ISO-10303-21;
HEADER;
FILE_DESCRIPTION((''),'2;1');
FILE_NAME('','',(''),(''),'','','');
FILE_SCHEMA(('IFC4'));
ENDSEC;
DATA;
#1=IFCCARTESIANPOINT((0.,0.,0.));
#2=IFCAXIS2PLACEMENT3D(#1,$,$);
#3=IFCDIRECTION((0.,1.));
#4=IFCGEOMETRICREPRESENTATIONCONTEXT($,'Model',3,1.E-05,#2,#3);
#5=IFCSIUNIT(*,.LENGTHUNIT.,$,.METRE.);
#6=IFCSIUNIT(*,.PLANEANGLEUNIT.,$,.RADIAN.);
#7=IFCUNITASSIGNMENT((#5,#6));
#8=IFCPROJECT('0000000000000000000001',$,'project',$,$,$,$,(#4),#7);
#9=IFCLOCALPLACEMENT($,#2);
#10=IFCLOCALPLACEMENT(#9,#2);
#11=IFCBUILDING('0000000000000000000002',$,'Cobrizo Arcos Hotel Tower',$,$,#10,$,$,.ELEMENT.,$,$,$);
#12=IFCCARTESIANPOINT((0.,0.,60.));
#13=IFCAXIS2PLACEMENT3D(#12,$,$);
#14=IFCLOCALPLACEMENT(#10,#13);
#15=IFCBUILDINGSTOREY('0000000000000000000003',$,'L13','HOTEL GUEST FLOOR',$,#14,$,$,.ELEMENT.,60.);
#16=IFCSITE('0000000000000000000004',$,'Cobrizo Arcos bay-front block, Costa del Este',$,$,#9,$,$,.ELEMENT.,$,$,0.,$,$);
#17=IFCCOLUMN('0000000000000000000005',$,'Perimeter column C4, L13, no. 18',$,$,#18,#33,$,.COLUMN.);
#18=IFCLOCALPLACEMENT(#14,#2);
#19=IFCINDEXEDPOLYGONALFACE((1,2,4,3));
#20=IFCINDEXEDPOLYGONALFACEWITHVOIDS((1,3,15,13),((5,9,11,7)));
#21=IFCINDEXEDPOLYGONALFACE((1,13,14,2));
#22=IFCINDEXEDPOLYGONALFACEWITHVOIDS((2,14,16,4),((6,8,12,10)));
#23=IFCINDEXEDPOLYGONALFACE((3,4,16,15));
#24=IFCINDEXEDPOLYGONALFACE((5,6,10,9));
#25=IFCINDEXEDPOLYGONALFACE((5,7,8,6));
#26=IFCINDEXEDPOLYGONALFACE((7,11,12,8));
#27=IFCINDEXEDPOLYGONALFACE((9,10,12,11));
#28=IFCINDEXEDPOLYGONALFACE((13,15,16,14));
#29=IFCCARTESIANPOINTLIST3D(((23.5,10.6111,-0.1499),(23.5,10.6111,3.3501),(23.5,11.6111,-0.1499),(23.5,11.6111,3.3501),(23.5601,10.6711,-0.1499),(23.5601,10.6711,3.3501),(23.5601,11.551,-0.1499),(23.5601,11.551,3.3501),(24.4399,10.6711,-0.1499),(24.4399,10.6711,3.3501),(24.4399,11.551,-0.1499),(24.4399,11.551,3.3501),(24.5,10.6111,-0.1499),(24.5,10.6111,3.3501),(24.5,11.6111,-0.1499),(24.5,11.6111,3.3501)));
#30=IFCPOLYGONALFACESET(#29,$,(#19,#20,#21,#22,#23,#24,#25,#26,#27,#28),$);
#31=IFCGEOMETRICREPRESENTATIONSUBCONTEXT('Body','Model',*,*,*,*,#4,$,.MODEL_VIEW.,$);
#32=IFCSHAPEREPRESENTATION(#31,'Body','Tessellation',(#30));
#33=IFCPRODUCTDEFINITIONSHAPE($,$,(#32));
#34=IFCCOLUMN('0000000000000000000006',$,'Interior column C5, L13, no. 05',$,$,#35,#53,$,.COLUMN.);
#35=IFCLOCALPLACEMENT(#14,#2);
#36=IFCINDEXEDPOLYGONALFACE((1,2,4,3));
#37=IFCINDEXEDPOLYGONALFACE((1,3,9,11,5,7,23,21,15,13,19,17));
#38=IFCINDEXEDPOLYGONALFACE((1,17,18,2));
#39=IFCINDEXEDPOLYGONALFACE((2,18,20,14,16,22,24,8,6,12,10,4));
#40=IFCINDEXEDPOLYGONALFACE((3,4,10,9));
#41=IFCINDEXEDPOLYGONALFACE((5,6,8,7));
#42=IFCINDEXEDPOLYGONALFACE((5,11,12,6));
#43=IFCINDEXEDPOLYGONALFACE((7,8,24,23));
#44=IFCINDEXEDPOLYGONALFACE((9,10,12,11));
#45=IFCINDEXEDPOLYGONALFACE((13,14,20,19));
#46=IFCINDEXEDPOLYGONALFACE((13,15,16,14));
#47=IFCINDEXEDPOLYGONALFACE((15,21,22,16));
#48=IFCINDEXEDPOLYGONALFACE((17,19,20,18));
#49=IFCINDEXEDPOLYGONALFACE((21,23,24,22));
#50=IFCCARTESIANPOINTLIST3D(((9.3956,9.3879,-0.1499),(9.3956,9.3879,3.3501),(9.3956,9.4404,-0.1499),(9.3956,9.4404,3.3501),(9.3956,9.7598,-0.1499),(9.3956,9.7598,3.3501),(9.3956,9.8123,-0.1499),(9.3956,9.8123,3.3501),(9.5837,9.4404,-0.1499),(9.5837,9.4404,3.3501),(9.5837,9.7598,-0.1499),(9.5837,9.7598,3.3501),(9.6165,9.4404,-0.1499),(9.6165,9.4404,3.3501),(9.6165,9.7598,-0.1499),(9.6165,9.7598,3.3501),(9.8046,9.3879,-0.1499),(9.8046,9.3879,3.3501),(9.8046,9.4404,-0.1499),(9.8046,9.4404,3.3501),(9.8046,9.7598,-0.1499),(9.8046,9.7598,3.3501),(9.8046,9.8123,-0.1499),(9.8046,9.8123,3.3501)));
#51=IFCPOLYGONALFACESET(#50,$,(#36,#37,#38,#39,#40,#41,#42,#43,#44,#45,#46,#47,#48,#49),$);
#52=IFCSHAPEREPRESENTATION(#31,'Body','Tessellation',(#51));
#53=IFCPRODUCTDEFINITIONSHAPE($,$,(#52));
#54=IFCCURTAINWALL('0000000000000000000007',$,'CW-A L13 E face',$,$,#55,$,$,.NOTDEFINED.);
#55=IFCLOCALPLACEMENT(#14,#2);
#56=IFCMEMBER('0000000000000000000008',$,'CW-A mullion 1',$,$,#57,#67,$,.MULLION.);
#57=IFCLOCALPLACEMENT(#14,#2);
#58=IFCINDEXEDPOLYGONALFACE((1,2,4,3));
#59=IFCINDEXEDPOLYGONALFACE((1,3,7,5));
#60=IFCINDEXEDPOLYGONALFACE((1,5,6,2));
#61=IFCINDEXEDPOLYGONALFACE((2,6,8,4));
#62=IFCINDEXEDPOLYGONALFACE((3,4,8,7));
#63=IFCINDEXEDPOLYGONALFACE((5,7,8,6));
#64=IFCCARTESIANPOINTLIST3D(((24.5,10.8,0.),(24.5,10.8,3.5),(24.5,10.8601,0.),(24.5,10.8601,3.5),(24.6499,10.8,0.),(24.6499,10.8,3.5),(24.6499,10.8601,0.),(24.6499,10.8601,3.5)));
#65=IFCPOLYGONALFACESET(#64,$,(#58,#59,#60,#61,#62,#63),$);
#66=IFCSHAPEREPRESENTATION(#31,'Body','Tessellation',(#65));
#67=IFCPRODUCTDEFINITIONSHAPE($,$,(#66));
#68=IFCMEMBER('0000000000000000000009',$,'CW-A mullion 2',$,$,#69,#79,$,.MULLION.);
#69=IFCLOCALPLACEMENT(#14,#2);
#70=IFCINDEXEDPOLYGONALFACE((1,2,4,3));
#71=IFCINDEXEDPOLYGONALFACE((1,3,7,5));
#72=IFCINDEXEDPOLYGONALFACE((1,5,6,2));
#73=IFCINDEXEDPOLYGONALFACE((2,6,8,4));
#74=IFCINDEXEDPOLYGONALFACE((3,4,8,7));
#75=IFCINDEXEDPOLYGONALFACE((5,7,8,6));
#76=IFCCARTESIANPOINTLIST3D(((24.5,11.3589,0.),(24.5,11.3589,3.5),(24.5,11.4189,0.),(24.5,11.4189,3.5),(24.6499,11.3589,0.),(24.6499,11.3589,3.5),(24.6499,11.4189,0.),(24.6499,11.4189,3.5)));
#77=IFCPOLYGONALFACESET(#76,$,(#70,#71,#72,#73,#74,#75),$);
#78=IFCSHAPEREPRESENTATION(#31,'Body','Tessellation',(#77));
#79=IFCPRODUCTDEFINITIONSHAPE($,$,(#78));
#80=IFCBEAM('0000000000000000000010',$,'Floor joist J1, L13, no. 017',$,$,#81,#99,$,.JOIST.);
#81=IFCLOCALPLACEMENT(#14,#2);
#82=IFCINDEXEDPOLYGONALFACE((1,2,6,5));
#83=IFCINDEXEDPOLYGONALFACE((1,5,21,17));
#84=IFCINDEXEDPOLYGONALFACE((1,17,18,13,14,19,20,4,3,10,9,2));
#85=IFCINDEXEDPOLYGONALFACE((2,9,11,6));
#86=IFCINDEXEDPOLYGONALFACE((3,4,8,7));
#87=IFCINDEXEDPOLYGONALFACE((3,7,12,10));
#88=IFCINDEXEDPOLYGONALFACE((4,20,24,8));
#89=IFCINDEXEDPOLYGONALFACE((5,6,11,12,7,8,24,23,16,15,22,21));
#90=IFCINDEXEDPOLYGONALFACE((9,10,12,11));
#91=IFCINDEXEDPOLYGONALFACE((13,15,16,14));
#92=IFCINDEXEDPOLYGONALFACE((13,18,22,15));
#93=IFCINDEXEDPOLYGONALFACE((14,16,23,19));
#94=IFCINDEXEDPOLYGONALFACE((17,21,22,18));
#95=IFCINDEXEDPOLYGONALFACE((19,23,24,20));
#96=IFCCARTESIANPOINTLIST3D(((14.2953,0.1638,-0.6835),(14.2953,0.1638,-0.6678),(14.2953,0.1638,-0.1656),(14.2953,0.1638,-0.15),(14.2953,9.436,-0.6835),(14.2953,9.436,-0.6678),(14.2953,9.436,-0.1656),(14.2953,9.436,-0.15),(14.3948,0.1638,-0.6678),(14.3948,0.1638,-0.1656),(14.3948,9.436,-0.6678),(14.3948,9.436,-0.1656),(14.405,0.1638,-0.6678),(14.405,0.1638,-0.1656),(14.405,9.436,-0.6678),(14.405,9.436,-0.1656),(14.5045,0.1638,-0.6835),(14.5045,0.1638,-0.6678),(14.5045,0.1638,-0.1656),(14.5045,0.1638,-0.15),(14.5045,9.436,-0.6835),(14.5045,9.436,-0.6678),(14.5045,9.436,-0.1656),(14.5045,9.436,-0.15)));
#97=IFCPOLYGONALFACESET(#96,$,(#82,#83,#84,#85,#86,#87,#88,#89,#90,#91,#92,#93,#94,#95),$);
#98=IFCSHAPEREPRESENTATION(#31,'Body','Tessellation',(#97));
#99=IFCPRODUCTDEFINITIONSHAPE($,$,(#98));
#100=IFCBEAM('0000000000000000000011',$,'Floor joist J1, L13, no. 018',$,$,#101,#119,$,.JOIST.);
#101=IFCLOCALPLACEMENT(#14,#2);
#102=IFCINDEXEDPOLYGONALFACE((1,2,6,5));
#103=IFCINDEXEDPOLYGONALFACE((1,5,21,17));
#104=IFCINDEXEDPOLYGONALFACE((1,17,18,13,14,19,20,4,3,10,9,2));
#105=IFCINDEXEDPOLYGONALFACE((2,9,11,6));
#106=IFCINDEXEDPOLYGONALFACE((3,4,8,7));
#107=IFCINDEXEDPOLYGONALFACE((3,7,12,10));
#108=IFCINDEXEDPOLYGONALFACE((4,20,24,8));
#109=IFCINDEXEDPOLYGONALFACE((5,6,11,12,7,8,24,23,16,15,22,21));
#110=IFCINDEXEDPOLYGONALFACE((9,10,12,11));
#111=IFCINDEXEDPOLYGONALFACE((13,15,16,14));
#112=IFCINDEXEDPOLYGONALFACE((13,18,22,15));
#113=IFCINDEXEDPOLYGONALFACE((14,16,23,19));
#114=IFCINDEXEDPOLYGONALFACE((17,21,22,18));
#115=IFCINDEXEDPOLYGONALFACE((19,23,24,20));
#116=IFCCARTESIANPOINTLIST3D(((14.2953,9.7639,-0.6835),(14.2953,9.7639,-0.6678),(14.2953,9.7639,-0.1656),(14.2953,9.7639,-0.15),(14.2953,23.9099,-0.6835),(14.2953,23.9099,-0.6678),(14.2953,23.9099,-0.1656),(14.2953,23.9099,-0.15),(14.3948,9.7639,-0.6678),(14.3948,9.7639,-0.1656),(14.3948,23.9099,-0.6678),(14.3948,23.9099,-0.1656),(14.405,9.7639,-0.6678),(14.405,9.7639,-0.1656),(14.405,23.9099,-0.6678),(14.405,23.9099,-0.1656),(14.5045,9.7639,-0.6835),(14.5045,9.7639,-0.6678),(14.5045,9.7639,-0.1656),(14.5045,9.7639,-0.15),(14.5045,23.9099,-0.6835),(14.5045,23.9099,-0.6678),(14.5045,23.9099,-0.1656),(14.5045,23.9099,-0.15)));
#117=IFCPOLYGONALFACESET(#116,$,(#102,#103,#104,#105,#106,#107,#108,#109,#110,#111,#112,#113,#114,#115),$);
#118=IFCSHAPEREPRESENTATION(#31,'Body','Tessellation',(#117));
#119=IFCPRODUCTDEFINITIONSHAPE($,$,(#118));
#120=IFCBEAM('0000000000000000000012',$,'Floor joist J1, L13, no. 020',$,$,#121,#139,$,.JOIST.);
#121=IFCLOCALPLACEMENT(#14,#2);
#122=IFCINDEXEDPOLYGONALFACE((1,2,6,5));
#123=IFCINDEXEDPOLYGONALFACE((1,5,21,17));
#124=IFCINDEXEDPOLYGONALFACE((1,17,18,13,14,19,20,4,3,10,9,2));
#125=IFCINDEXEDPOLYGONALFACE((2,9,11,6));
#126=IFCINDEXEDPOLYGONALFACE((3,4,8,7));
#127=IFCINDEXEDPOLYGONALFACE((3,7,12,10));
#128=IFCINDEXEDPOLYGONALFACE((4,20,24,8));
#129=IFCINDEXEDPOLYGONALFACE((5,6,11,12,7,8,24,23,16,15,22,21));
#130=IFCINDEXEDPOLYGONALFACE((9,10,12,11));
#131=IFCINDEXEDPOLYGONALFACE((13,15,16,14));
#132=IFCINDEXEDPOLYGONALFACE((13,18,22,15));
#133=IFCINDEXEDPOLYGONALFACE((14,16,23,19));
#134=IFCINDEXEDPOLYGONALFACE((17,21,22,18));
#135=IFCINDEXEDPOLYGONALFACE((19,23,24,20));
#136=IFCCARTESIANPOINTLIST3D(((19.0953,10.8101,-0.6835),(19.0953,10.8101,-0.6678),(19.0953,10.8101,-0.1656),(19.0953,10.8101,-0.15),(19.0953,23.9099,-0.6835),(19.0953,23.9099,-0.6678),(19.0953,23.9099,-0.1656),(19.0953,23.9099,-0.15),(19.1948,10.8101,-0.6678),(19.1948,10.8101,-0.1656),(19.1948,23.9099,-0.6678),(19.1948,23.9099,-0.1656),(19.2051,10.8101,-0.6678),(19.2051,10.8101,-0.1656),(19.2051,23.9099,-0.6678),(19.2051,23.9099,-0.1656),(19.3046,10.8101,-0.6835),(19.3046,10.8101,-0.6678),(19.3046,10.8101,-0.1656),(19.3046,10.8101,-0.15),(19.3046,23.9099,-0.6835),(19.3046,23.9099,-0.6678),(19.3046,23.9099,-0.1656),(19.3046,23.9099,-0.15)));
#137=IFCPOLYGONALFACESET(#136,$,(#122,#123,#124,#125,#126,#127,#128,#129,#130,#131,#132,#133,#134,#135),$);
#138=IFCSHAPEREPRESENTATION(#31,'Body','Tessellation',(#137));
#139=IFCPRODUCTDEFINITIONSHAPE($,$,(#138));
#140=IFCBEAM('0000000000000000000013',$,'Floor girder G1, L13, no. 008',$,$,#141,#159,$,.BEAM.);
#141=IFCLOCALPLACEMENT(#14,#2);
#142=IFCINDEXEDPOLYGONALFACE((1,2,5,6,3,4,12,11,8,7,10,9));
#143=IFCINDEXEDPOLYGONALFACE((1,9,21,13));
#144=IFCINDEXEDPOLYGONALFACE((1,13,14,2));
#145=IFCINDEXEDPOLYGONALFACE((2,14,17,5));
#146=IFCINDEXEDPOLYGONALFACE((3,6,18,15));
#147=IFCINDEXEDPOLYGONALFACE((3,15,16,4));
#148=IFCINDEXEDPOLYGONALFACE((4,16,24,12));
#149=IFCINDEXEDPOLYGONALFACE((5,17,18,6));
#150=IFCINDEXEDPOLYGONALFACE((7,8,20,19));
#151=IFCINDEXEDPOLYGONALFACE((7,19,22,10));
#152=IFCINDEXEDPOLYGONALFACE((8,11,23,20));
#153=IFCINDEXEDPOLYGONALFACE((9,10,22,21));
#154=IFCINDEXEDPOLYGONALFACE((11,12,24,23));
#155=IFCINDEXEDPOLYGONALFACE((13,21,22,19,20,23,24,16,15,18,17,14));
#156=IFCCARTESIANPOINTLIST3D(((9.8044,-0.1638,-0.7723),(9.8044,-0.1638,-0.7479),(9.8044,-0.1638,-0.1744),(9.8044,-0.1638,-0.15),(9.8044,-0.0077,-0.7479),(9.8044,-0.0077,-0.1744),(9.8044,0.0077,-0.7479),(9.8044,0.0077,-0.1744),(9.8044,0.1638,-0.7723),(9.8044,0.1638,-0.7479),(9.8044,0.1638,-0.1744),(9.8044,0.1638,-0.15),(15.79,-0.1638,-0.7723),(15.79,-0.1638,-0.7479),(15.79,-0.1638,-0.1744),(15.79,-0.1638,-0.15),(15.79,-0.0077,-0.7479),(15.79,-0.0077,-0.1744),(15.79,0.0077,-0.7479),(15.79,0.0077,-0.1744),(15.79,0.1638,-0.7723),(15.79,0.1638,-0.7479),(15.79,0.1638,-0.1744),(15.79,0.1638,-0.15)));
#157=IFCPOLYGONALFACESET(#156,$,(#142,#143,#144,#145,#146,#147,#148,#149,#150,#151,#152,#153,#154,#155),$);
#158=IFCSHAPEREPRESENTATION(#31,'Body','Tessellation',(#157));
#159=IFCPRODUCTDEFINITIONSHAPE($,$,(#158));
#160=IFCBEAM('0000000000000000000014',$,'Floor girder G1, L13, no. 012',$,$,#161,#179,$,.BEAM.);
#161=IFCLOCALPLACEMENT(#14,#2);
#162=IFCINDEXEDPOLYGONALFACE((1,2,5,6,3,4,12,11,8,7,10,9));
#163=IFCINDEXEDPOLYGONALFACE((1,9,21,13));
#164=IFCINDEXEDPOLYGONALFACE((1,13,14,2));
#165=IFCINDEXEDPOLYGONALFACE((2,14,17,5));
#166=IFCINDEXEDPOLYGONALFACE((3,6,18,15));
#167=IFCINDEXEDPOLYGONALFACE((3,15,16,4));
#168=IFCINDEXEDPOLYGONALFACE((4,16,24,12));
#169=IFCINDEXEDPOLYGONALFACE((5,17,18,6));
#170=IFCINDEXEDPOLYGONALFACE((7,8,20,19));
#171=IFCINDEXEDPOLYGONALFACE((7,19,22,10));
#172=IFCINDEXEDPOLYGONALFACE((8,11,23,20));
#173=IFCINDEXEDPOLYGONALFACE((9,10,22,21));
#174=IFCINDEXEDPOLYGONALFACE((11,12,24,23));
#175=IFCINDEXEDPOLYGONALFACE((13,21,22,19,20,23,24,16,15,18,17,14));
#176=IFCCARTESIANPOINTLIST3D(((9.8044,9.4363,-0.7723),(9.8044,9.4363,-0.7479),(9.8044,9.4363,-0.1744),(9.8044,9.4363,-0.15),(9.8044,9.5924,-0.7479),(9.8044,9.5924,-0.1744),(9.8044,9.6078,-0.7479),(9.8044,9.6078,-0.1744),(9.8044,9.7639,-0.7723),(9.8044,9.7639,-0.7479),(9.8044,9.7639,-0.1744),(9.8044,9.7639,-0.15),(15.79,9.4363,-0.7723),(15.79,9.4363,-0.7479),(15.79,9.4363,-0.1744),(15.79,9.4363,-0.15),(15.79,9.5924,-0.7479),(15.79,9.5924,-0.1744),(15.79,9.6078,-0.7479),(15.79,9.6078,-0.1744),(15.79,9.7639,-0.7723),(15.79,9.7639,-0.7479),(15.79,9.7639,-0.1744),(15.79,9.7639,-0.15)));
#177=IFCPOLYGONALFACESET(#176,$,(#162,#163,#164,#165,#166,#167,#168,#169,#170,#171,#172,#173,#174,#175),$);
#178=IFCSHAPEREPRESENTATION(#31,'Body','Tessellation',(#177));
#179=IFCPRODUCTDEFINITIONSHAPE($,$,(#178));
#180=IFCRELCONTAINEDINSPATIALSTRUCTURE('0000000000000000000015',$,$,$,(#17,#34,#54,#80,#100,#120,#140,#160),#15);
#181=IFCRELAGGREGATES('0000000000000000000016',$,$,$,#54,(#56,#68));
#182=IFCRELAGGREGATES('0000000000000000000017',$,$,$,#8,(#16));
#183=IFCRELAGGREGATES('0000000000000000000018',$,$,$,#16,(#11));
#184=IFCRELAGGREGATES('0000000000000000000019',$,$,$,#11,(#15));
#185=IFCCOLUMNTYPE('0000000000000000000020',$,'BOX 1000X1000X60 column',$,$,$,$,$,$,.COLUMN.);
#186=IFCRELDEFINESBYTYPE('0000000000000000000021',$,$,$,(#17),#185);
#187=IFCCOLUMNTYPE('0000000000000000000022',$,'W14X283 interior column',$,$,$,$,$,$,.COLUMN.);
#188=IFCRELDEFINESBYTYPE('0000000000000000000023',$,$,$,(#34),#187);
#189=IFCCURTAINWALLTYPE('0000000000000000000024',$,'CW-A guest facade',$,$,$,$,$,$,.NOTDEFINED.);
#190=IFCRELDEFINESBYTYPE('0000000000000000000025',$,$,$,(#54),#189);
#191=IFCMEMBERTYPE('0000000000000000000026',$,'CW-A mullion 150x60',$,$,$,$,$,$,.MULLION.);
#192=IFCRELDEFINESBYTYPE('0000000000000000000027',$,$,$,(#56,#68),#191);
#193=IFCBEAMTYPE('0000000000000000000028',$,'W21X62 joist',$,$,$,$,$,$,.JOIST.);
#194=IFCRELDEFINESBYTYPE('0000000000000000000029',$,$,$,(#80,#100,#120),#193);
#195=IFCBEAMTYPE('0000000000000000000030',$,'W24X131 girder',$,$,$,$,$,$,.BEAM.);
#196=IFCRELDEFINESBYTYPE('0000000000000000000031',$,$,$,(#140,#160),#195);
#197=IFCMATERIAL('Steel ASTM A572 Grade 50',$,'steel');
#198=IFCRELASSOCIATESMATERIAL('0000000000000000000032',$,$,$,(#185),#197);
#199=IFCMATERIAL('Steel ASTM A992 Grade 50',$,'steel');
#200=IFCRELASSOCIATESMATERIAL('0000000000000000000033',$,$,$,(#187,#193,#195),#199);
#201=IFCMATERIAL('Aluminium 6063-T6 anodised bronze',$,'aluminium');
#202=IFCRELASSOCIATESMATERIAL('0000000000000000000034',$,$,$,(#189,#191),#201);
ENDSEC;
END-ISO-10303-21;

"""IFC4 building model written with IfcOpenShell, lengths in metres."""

from ifc_helpers import new_model, si_unit, direction, frame, origin, origin_2d, place, context, subcontext, project, spatial, rectangle, hollow_rectangle, i_section, extrude, material, material_profile, profile_set, type_object, element, aggregate, save


model = new_model("IFC4")

# Units and contexts
model_context = context("Model", 3, precision=1e-05, world=origin(), true_north=direction((0.0, 1.0)))
body_context = subcontext(model_context, "Body", "Model", "MODEL_VIEW")
ifc_project = project(units=[si_unit("LENGTHUNIT", "METRE"), si_unit("PLANEANGLEUNIT", "RADIAN")], contexts=[model_context])

# Site, building, storey
site_placement = place(None, origin())
site = spatial("IfcSite", under=ifc_project, at=site_placement, Name="Cobrizo Arcos bay-front block, Costa del Este", CompositionType="ELEMENT", RefElevation=0.0)
building_placement = place(site_placement, origin())
building = spatial("IfcBuilding", under=site, at=building_placement, Name="Cobrizo Arcos Hotel Tower", CompositionType="ELEMENT")
storey_placement = place(building_placement, frame((0.0, 0.0, 60.0)))
storey = spatial("IfcBuildingStorey", under=building, at=storey_placement, Name="L13", Description="HOTEL GUEST FLOOR", CompositionType="ELEMENT", Elevation=60.0)

# Columns
ifc_material_1 = material(Name="Steel ASTM A572 Grade 50", Category="steel")
ifc_material_profile_1 = material_profile(ifc_material_1, hollow_rectangle(XDim=1.0, YDim=1.0, WallThickness=0.0601, at=origin_2d()), Name="BOX 1000X1000X60")
ifc_profile_set_1 = profile_set([ifc_material_profile_1], Name="Steel ASTM A572 Grade 50")
column_type_1 = type_object("IfcColumnType", Name="BOX 1000X1000X60 column", PredefinedType="COLUMN", material=ifc_profile_set_1)
column_1_placement = place(storey_placement, frame((24.0, 11.1111, -0.1499), z_axis=(0.0, 0.0, 1.0), x_axis=(1.0, 0.0, 0.0)))
element("IfcColumn", 1, at=column_1_placement, inside=storey, type_object=column_type_1, Name="Perimeter column C4, L13, no. 18", PredefinedType="COLUMN", context=body_context, shape_type="SweptSolid", body=[
    extrude(hollow_rectangle(XDim=1.0, YDim=1.0, WallThickness=0.0601, at=origin_2d()), origin(), (0.0, 0.0, 1.0), 3.5),
])
ifc_material_2 = material(Name="Steel ASTM A992 Grade 50", Category="steel")
ifc_material_profile_2 = material_profile(ifc_material_2, i_section(OverallWidth=0.4089, OverallDepth=0.4243, WebThickness=0.0327, FlangeThickness=0.0525, at=origin_2d()), Name="W14X283")
ifc_profile_set_2 = profile_set([ifc_material_profile_2], Name="Steel ASTM A992 Grade 50")
column_type_2 = type_object("IfcColumnType", Name="W14X283 interior column", PredefinedType="COLUMN", material=ifc_profile_set_2)
column_2_placement = place(storey_placement, frame((9.6001, 9.6001, -0.1499), z_axis=(0.0, 0.0, 1.0), x_axis=(1.0, 0.0, 0.0)))
element("IfcColumn", 2, at=column_2_placement, inside=storey, type_object=column_type_2, Name="Interior column C5, L13, no. 05", PredefinedType="COLUMN", context=body_context, shape_type="SweptSolid", body=[
    extrude(i_section(OverallWidth=0.4089, OverallDepth=0.4243, WebThickness=0.0327, FlangeThickness=0.0525, at=origin_2d()), origin(), (0.0, 0.0, 1.0), 3.5),
])

# Curtain wall, members
ifc_material_3 = material(Name="Aluminium 6063-T6 anodised bronze", Category="aluminium")
curtain_wall_type = type_object("IfcCurtainWallType", Name="CW-A guest facade", PredefinedType="NOTDEFINED", material=ifc_material_3)
curtain_wall_placement = place(storey_placement, origin())
curtain_wall = element("IfcCurtainWall", 3, at=curtain_wall_placement, inside=storey, type_object=curtain_wall_type, Name="CW-A L13 E face", PredefinedType="NOTDEFINED")
ifc_material_profile_3 = material_profile(ifc_material_3, rectangle(XDim=0.1499, YDim=0.0601, at=origin_2d()), Name="CW-A mullion 150x60")
ifc_profile_set_3 = profile_set([ifc_material_profile_3], Name="Aluminium 6063-T6 anodised bronze")
member_type = type_object("IfcMemberType", Name="CW-A mullion 150x60", PredefinedType="MULLION", material=ifc_profile_set_3)
member_1_placement = place(storey_placement, frame((24.575, 10.8301, 0.0), z_axis=(0.0, 0.0, 1.0), x_axis=(1.0, 0.0, 0.0)))
member_1 = element("IfcMember", 4, at=member_1_placement, type_object=member_type, Name="CW-A mullion 1", PredefinedType="MULLION", context=body_context, shape_type="SweptSolid", body=[
    extrude(rectangle(XDim=0.1499, YDim=0.0601, at=origin_2d()), origin(), (0.0, 0.0, 1.0), 3.5),
])
member_2_placement = place(storey_placement, frame((24.575, 11.3889, 0.0), z_axis=(0.0, 0.0, 1.0), x_axis=(1.0, 0.0, 0.0)))
member_2 = element("IfcMember", 5, at=member_2_placement, type_object=member_type, Name="CW-A mullion 2", PredefinedType="MULLION", context=body_context, shape_type="SweptSolid", body=[
    extrude(rectangle(XDim=0.1499, YDim=0.0601, at=origin_2d()), origin(), (0.0, 0.0, 1.0), 3.5),
])

# Beams
ifc_material_profile_4 = material_profile(ifc_material_2, i_section(OverallWidth=0.2092, OverallDepth=0.5334, WebThickness=0.0103, FlangeThickness=0.0156, at=origin_2d()), Name="W21X62")
ifc_profile_set_4 = profile_set([ifc_material_profile_4], Name="Steel ASTM A992 Grade 50")
beam_type_1 = type_object("IfcBeamType", Name="W21X62 joist", PredefinedType="JOIST", material=ifc_profile_set_4)
beam_1_placement = place(storey_placement, frame((14.3999, 0.1638, -0.4167), z_axis=(0.0, 1.0, 0.0), x_axis=(-1.0, 0.0, 0.0)))
element("IfcBeam", 6, at=beam_1_placement, inside=storey, type_object=beam_type_1, Name="Floor joist J1, L13, no. 017", PredefinedType="JOIST", context=body_context, shape_type="SweptSolid", body=[
    extrude(i_section(OverallWidth=0.2092, OverallDepth=0.5334, WebThickness=0.0103, FlangeThickness=0.0156, at=origin_2d()), origin(), (0.0, 0.0, 1.0), 9.2722),
])
beam_2_placement = place(storey_placement, frame((14.3999, 9.7639, -0.4167), z_axis=(0.0, 1.0, 0.0), x_axis=(-1.0, 0.0, 0.0)))
element("IfcBeam", 7, at=beam_2_placement, inside=storey, type_object=beam_type_1, Name="Floor joist J1, L13, no. 018", PredefinedType="JOIST", context=body_context, shape_type="SweptSolid", body=[
    extrude(i_section(OverallWidth=0.2092, OverallDepth=0.5334, WebThickness=0.0103, FlangeThickness=0.0156, at=origin_2d()), origin(), (0.0, 0.0, 1.0), 14.146),
])
beam_3_placement = place(storey_placement, frame((19.2, 10.8101, -0.4167), z_axis=(0.0, 1.0, 0.0), x_axis=(-1.0, 0.0, 0.0)))
element("IfcBeam", 8, at=beam_3_placement, inside=storey, type_object=beam_type_1, Name="Floor joist J1, L13, no. 020", PredefinedType="JOIST", context=body_context, shape_type="SweptSolid", body=[
    extrude(i_section(OverallWidth=0.2092, OverallDepth=0.5334, WebThickness=0.0103, FlangeThickness=0.0156, at=origin_2d()), origin(), (0.0, 0.0, 1.0), 13.0999),
])
ifc_material_profile_5 = material_profile(ifc_material_2, i_section(OverallWidth=0.3276, OverallDepth=0.6223, WebThickness=0.0154, FlangeThickness=0.0244, at=origin_2d()), Name="W24X131")
ifc_profile_set_5 = profile_set([ifc_material_profile_5], Name="Steel ASTM A992 Grade 50")
beam_type_2 = type_object("IfcBeamType", Name="W24X131 girder", PredefinedType="BEAM", material=ifc_profile_set_5)
for number, where, z_axis, x_axis, name in (
    (9, (9.8044, 0.0, -0.4612), (1.0, 0.0, 0.0), (0.0, 1.0, 0.0), "Floor girder G1, L13, no. 008"),
    (10, (9.8044, 9.6001, -0.4612), (1.0, 0.0, 0.0), (0.0, 1.0, 0.0), "Floor girder G1, L13, no. 012"),
):
    element("IfcBeam", number, at=place(storey_placement, frame(where, z_axis=z_axis, x_axis=x_axis)), inside=storey, type_object=beam_type_2, Name=name, PredefinedType="BEAM", context=body_context, shape_type="SweptSolid", body=[
        extrude(i_section(OverallWidth=0.3276, OverallDepth=0.6223, WebThickness=0.0154, FlangeThickness=0.0244, at=origin_2d()), origin(), (0.0, 0.0, 1.0), 5.9856),
    ])

aggregate(curtain_wall, [member_1, member_2])

save(model, "model.ifc")
